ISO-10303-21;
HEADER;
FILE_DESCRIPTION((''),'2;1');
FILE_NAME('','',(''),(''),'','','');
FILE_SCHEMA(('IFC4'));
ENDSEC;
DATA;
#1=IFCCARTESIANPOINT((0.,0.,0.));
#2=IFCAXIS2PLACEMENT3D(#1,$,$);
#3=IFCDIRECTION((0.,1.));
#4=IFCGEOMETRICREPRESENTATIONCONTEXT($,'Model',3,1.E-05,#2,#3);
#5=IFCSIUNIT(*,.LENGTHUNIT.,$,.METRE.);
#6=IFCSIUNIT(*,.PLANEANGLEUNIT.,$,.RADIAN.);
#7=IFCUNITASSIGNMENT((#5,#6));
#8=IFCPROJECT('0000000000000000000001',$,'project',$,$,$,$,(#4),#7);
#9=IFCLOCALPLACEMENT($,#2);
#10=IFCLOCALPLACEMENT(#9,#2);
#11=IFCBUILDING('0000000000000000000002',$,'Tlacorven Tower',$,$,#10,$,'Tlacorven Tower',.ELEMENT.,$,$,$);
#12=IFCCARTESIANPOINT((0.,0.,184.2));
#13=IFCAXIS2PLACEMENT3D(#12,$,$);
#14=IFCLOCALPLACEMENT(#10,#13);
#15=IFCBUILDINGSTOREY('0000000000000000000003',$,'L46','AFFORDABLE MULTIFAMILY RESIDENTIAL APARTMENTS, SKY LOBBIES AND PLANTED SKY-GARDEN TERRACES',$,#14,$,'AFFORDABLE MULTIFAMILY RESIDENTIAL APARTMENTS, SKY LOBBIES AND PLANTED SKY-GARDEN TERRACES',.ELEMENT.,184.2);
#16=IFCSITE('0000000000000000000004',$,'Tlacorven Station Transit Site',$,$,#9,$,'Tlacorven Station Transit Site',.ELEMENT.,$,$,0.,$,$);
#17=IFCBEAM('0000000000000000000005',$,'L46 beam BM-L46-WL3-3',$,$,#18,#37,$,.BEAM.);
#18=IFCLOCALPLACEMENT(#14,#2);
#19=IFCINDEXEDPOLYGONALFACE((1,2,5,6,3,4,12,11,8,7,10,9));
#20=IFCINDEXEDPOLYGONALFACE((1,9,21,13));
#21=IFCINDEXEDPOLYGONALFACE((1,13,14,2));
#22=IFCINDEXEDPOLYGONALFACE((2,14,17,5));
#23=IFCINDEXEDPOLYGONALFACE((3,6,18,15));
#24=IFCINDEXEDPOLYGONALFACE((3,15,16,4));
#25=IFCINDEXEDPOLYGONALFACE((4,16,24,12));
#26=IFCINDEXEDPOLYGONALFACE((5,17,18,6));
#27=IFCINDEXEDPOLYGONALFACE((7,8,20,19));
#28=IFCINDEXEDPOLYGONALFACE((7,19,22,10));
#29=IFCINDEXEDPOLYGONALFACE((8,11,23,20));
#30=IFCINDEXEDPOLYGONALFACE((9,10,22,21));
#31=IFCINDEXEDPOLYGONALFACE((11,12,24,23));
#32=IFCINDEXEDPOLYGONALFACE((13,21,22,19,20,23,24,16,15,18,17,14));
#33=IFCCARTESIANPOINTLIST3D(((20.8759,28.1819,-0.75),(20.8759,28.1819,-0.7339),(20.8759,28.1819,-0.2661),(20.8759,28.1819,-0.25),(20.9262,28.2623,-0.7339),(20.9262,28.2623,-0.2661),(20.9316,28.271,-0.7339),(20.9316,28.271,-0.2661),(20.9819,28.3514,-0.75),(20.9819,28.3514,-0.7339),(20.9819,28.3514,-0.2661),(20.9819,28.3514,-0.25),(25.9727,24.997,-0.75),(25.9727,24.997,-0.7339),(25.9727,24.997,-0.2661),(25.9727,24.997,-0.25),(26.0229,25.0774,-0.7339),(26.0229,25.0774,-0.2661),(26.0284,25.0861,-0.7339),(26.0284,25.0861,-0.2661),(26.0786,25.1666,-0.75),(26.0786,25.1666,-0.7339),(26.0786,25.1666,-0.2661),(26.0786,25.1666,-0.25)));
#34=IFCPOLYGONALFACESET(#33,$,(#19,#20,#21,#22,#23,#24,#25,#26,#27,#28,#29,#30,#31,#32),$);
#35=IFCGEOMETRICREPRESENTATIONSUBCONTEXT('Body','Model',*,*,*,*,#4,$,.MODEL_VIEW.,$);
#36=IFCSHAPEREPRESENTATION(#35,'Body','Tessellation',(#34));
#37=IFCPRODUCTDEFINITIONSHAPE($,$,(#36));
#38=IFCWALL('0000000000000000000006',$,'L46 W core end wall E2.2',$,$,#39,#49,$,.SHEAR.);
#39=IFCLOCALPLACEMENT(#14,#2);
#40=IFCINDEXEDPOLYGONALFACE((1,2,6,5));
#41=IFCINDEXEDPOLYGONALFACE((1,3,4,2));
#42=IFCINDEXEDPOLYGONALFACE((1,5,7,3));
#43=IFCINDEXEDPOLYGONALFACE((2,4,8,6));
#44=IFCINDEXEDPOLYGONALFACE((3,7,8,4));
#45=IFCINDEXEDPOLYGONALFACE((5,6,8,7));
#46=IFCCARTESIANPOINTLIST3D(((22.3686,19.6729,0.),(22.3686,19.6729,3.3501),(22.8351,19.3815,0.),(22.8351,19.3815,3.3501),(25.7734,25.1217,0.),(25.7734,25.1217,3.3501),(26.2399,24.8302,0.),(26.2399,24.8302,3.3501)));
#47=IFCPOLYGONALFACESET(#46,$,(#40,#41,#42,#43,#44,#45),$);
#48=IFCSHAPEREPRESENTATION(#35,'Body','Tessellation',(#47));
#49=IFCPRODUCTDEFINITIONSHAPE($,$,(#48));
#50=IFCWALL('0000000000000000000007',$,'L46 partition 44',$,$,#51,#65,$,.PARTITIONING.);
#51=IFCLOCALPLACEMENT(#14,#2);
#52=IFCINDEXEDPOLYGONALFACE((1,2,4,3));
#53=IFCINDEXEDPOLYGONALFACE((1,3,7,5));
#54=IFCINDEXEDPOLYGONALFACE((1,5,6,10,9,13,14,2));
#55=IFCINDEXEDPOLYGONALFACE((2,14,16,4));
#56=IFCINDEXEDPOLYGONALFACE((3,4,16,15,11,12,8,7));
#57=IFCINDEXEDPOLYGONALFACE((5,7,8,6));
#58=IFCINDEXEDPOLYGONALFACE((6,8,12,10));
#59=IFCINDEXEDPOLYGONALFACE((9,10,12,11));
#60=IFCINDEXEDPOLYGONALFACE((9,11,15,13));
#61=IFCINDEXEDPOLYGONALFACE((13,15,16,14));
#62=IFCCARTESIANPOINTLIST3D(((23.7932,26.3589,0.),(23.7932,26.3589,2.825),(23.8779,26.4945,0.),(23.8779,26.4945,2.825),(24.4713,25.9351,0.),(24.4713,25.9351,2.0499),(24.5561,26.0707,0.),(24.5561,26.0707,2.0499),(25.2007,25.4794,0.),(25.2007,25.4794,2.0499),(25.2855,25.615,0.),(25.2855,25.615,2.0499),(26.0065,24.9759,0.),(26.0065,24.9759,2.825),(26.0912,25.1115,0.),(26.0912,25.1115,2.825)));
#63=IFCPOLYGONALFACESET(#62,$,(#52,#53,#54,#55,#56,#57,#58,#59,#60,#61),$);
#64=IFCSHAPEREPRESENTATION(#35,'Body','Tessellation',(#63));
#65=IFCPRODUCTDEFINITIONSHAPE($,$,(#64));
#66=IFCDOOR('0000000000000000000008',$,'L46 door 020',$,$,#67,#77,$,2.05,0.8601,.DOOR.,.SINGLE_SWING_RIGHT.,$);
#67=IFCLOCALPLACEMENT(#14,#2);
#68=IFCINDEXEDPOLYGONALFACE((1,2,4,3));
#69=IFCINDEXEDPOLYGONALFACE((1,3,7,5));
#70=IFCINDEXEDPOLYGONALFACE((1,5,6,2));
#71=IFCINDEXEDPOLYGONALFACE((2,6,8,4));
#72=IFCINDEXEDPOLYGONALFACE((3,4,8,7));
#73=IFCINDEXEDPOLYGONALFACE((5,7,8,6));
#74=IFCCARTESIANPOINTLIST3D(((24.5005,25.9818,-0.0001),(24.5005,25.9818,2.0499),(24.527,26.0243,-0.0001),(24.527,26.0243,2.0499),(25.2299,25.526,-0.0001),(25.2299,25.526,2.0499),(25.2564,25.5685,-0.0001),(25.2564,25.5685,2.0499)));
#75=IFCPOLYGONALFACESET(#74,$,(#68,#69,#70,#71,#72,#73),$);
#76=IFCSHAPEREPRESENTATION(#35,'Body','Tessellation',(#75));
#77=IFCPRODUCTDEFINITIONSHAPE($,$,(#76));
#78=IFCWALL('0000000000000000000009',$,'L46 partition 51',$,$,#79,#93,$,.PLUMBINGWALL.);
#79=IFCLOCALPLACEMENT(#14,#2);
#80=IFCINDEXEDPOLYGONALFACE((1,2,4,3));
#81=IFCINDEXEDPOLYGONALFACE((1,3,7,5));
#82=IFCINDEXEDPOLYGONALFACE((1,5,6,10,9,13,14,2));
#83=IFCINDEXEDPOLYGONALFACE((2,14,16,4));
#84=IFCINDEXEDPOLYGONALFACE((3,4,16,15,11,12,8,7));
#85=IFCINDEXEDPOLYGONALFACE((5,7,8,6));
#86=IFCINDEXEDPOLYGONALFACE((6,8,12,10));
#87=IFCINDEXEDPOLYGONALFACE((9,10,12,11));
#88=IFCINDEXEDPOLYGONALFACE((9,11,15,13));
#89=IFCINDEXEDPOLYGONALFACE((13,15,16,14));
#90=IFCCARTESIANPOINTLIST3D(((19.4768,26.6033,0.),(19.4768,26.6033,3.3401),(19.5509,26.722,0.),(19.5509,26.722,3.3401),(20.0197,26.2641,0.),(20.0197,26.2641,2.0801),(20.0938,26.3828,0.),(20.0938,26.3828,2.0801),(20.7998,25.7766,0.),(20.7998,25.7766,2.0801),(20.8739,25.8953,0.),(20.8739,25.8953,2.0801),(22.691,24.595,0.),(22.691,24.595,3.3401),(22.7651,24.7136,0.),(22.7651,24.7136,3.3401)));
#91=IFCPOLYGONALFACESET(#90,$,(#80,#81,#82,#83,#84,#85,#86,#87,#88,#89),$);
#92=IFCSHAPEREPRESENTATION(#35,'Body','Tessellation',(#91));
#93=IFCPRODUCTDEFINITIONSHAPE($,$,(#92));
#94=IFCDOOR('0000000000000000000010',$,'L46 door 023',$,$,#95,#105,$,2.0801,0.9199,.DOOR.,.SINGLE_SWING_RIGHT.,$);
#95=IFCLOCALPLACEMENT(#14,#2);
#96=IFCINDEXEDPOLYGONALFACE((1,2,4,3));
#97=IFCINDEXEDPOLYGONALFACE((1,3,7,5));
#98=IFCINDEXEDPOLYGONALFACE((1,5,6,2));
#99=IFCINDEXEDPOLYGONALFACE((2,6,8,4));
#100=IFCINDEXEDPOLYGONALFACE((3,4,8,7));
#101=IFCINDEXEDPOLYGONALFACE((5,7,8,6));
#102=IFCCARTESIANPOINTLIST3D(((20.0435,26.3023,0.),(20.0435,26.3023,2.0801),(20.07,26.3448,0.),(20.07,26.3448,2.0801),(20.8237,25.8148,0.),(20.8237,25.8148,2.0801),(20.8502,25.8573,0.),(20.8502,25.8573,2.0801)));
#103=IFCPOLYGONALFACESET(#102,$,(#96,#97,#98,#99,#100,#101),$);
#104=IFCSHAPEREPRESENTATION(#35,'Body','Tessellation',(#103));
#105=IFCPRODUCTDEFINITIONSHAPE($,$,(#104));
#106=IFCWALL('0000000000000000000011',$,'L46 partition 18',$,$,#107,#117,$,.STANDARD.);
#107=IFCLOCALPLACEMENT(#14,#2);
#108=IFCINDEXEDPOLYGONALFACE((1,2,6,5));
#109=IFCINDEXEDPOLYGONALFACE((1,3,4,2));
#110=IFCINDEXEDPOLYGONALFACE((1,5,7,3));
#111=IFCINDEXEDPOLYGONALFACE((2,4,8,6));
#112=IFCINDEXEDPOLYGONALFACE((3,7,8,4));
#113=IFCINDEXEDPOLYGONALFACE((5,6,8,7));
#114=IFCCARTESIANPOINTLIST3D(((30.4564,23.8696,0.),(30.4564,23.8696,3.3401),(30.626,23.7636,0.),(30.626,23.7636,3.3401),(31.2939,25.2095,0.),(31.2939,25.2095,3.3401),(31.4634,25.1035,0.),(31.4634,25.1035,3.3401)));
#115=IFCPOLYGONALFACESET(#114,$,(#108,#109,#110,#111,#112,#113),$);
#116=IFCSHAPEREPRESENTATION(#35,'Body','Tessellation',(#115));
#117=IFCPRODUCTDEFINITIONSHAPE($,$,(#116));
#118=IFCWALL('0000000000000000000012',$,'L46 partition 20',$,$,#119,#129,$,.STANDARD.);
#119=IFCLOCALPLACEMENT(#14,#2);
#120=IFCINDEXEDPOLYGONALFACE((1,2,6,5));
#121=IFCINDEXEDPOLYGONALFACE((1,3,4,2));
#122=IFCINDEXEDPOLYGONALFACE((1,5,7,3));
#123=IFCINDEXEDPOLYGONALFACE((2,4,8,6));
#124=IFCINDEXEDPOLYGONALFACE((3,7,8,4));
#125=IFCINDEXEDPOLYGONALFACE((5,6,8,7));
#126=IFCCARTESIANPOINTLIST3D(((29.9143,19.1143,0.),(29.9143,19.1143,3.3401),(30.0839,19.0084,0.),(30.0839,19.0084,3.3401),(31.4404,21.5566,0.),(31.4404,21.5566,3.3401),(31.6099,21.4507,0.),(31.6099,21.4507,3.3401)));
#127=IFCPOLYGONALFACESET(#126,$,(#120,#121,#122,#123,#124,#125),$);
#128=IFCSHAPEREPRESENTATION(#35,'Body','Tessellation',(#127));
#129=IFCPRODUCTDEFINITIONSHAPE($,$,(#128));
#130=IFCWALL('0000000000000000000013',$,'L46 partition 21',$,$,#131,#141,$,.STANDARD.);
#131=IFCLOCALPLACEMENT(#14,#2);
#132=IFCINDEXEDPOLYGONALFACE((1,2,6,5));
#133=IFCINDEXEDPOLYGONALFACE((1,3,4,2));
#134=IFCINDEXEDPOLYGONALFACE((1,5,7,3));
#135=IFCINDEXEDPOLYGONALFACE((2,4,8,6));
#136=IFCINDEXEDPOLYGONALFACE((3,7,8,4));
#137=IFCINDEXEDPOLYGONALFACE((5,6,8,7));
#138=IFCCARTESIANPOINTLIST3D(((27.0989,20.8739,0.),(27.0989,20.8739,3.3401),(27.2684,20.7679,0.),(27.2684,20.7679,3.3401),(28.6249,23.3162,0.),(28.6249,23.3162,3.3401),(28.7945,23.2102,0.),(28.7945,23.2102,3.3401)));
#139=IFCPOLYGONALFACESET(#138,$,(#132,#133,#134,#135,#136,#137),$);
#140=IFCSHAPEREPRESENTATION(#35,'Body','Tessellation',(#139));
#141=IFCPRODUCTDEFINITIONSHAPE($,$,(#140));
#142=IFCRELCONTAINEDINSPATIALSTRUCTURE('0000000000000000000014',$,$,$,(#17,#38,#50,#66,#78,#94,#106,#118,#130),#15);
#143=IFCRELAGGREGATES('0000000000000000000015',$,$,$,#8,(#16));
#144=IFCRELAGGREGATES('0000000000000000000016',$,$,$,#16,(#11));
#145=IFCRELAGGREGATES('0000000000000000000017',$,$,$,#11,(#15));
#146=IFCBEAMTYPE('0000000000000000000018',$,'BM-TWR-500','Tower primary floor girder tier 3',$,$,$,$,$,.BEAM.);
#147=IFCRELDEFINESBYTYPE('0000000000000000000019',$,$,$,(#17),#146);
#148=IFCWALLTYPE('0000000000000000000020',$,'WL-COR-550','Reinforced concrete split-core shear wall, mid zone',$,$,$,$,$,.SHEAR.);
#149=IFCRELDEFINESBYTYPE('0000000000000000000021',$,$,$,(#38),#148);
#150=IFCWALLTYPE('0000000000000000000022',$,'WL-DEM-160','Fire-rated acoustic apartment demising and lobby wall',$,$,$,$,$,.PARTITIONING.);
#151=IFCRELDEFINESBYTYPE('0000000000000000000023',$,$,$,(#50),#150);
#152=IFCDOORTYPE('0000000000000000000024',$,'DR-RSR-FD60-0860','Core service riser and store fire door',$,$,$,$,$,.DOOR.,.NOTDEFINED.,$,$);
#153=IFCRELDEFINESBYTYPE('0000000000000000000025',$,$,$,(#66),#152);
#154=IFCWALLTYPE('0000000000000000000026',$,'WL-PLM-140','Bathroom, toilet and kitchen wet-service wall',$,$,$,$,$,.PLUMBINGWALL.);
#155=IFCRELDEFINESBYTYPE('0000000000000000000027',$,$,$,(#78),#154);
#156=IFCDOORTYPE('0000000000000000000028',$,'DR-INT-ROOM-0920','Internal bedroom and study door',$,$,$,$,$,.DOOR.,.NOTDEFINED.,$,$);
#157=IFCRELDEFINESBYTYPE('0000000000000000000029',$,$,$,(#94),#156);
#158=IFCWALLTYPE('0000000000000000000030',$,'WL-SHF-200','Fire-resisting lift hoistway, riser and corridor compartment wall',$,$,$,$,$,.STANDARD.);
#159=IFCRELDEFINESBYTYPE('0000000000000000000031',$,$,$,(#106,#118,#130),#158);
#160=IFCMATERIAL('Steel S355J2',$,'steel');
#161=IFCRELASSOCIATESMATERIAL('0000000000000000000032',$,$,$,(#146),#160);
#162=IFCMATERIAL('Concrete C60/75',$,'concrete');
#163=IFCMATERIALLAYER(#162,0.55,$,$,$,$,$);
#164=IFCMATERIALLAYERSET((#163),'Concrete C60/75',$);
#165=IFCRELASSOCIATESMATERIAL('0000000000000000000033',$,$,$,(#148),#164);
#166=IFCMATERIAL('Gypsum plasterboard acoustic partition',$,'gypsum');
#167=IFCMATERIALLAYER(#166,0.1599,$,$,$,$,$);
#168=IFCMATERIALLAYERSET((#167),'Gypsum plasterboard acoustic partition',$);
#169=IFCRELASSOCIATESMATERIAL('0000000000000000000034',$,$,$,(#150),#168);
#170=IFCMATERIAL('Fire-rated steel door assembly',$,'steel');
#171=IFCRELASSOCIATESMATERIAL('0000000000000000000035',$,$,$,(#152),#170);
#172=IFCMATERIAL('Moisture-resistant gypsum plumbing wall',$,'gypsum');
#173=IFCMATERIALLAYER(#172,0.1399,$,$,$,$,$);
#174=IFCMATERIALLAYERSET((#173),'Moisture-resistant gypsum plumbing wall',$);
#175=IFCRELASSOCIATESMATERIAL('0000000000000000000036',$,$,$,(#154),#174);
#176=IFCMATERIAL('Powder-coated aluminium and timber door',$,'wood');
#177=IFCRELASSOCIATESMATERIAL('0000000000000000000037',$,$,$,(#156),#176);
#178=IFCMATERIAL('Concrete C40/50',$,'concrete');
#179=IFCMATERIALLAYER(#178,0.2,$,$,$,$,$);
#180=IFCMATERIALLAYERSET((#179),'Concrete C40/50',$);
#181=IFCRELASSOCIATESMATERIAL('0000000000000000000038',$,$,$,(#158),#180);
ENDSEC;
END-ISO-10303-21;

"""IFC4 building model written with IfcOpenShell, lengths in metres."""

from ifc_helpers import new_model, si_unit, direction, frame, frame_2d, origin, origin_2d, place, context, subcontext, project, spatial, rectangle, i_section, extrude, source, transform, mapped, material, layer, layer_set, material_profile, profile_set, type_object, element, fill, save


model = new_model("IFC4")

# Units and contexts
model_context = context("Model", 3, precision=1e-05, world=origin(), true_north=direction((0.0, 1.0)))
body_context = subcontext(model_context, "Body", "Model", "MODEL_VIEW")
ifc_project = project(units=[si_unit("LENGTHUNIT", "METRE"), si_unit("PLANEANGLEUNIT", "RADIAN")], contexts=[model_context])

# Site, building, storey
site_placement = place(None, origin())
site = spatial("IfcSite", under=ifc_project, at=site_placement, Name="Tlacorven Station Transit Site", LongName="Tlacorven Station Transit Site", CompositionType="ELEMENT", RefElevation=0.0)
building_placement = place(site_placement, origin())
building = spatial("IfcBuilding", under=site, at=building_placement, Name="Tlacorven Tower", LongName="Tlacorven Tower", CompositionType="ELEMENT")
storey_placement = place(building_placement, frame((0.0, 0.0, 184.2)))
storey = spatial("IfcBuildingStorey", under=building, at=storey_placement, Name="L46", Description="AFFORDABLE MULTIFAMILY RESIDENTIAL APARTMENTS, SKY LOBBIES AND PLANTED SKY-GARDEN TERRACES", LongName="AFFORDABLE MULTIFAMILY RESIDENTIAL APARTMENTS, SKY LOBBIES AND PLANTED SKY-GARDEN TERRACES", CompositionType="ELEMENT", Elevation=184.2)

# Beam
ifc_material_1 = material(Name="Steel S355J2", Category="steel")
ifc_material_profile = material_profile(ifc_material_1, i_section(OverallWidth=0.2, OverallDepth=0.5, WebThickness=0.0103, FlangeThickness=0.0161, at=origin_2d()), Name="IPE 500")
ifc_profile_set = profile_set([ifc_material_profile], Name="Steel S355J2")
beam_type = type_object("IfcBeamType", Name="BM-TWR-500", Description="Tower primary floor girder tier 3", PredefinedType="BEAM", material=ifc_profile_set)
shared_shape_1 = source(origin(), body_context, "Body", "SweptSolid", [
    extrude(i_section(OverallWidth=0.2, OverallDepth=0.5, WebThickness=0.0103, FlangeThickness=0.0161, at=origin_2d()), origin(), (0.0, 0.0, 1.0), 6.01),
])
beam_placement = place(storey_placement, frame((26.0256, 25.0818, -0.5), z_axis=(-0.848044, 0.529926, 0.0), x_axis=(-0.529926, -0.848044, 0.0)))
element("IfcBeam", 1, at=beam_placement, inside=storey, type_object=beam_type, Name="L46 beam BM-L46-WL3-3", PredefinedType="BEAM", context=body_context, shape_type="MappedRepresentation", body=[
    mapped(shared_shape_1, transform((0.0, 0.0, 0.0), scale=1.0)),
])

# Wall
ifc_material_2 = material(Name="Concrete C60/75", Category="concrete")
ifc_layer_1 = layer(ifc_material_2, 0.55)
ifc_layer_set_1 = layer_set([ifc_layer_1], Name="Concrete C60/75")
wall_type_1 = type_object("IfcWallType", Name="WL-COR-550", Description="Reinforced concrete split-core shear wall, mid zone", PredefinedType="SHEAR", material=ifc_layer_set_1)
wall_1_placement = place(storey_placement, frame((26.0066, 24.9758, 0.0), z_axis=(0.0, 0.0, 1.0), x_axis=(-0.529924, -0.848045, 0.0)))
element("IfcWall", 2, at=wall_1_placement, inside=storey, type_object=wall_type_1, Name="L46 W core end wall E2.2", PredefinedType="SHEAR", context=body_context, shape_type="SweptSolid", body=[
    extrude(rectangle(XDim=6.425, YDim=0.55, at=frame_2d((3.2124, 0.0))), origin(), (0.0, 0.0, 1.0), 3.3501),
])

# Walls, openings, doors
ifc_material_3 = material(Name="Gypsum plasterboard acoustic partition", Category="gypsum")
ifc_layer_2 = layer(ifc_material_3, 0.1599)
ifc_layer_set_2 = layer_set([ifc_layer_2], Name="Gypsum plasterboard acoustic partition")
wall_type_2 = type_object("IfcWallType", Name="WL-DEM-160", Description="Fire-rated acoustic apartment demising and lobby wall", PredefinedType="PARTITIONING", material=ifc_layer_set_2)
wall_2_placement = place(storey_placement, frame((26.0488, 25.0437, 0.0), z_axis=(0.0, 0.0, 1.0), x_axis=(-0.848051, 0.529915, 0.0)))
wall_2 = element("IfcWall", 3, at=wall_2_placement, inside=storey, type_object=wall_type_2, Name="L46 partition 44", PredefinedType="PARTITIONING", context=body_context, shape_type="SweptSolid", body=[
    extrude(rectangle(XDim=2.6099, YDim=0.1599, at=frame_2d((1.3049, 0.0))), origin(), (0.0, 0.0, 1.0), 2.825),
])
opening_1_placement = place(wall_2_placement, frame((0.95, 0.0, 0.0)))
opening_1 = element("IfcOpeningElement", 4, at=opening_1_placement, cuts=wall_2, PredefinedType="OPENING", context=body_context, shape_type="SweptSolid", body=[
    extrude(rectangle(XDim=0.8601, YDim=2.05, at=frame_2d((0.4302, 1.0249))), frame((0.0, 0.0898, 0.0), z_axis=(0.0, -1.0, 0.0), x_axis=(1.0, 0.0, 0.0)), (0.0, 0.0, 1.0), 0.1799),
])
ifc_material_4 = material(Name="Fire-rated steel door assembly", Category="steel")
door_type_1 = type_object("IfcDoorType", Name="DR-RSR-FD60-0860", Description="Core service riser and store fire door", OperationType="NOTDEFINED", PredefinedType="DOOR", material=ifc_material_4)
shared_shape_2 = source(origin(), body_context, "Body", "SweptSolid", [
    extrude(rectangle(XDim=0.8601, YDim=2.05, at=frame_2d((0.4302, 1.0249))), frame((0.0, 0.0249, 0.0), z_axis=(0.0, -1.0, 0.0), x_axis=(1.0, 0.0, 0.0)), (0.0, 0.0, 1.0), 0.05),
])
door_1_placement = place(opening_1_placement, origin())
door_1 = element("IfcDoor", 5, at=door_1_placement, inside=storey, type_object=door_type_1, Name="L46 door 020", OperationType="SINGLE_SWING_RIGHT", OverallHeight=2.05, OverallWidth=0.8601, PredefinedType="DOOR", context=body_context, shape_type="MappedRepresentation", body=[
    mapped(shared_shape_2, transform((0.0, 0.0, 0.0), scale=1.0)),
])
fill(opening_1, door_1)
ifc_material_5 = material(Name="Moisture-resistant gypsum plumbing wall", Category="gypsum")
ifc_layer_3 = layer(ifc_material_5, 0.1399)
ifc_layer_set_3 = layer_set([ifc_layer_3], Name="Moisture-resistant gypsum plumbing wall")
wall_type_3 = type_object("IfcWallType", Name="WL-PLM-140", Description="Bathroom, toilet and kitchen wet-service wall", PredefinedType="PLUMBINGWALL", material=ifc_layer_set_3)
wall_3_placement = place(storey_placement, frame((22.728, 24.6543, 0.0), z_axis=(0.0, 0.0, 1.0), x_axis=(-0.84806, 0.529901, 0.0)))
wall_3 = element("IfcWall", 6, at=wall_3_placement, inside=storey, type_object=wall_type_3, Name="L46 partition 51", PredefinedType="PLUMBINGWALL", context=body_context, shape_type="SweptSolid", body=[
    extrude(rectangle(XDim=3.79, YDim=0.1399, at=frame_2d((1.895, 0.0))), origin(), (0.0, 0.0, 1.0), 3.3401),
])
opening_2_placement = place(wall_3_placement, frame((2.23, 0.0, 0.0)))
opening_2 = element("IfcOpeningElement", 7, at=opening_2_placement, cuts=wall_3, PredefinedType="OPENING", context=body_context, shape_type="SweptSolid", body=[
    extrude(rectangle(XDim=0.9199, YDim=2.0801, at=frame_2d((0.46, 1.04))), frame((0.0, 0.0801, 0.0), z_axis=(0.0, -1.0, 0.0), x_axis=(1.0, 0.0, 0.0)), (0.0, 0.0, 1.0), 0.1599),
])
ifc_material_6 = material(Name="Powder-coated aluminium and timber door", Category="wood")
door_type_2 = type_object("IfcDoorType", Name="DR-INT-ROOM-0920", Description="Internal bedroom and study door", OperationType="NOTDEFINED", PredefinedType="DOOR", material=ifc_material_6)
shared_shape_3 = source(origin(), body_context, "Body", "SweptSolid", [
    extrude(rectangle(XDim=0.9199, YDim=2.0801, at=frame_2d((0.46, 1.04))), frame((0.0, 0.0249, 0.0), z_axis=(0.0, -1.0, 0.0), x_axis=(1.0, 0.0, 0.0)), (0.0, 0.0, 1.0), 0.05),
])
door_2_placement = place(opening_2_placement, origin())
door_2 = element("IfcDoor", 8, at=door_2_placement, inside=storey, type_object=door_type_2, Name="L46 door 023", OperationType="SINGLE_SWING_RIGHT", OverallHeight=2.0801, OverallWidth=0.9199, PredefinedType="DOOR", context=body_context, shape_type="MappedRepresentation", body=[
    mapped(shared_shape_3, transform((0.0, 0.0, 0.0), scale=1.0)),
])
fill(opening_2, door_2)

# Walls
ifc_material_7 = material(Name="Concrete C40/50", Category="concrete")
ifc_layer_4 = layer(ifc_material_7, 0.2)
ifc_layer_set_4 = layer_set([ifc_layer_4], Name="Concrete C40/50")
wall_type_4 = type_object("IfcWallType", Name="WL-SHF-200", Description="Fire-resisting lift hoistway, riser and corridor compartment wall", PredefinedType="STANDARD", material=ifc_layer_set_4)
wall_4_placement = place(storey_placement, frame((31.3787, 25.1565, 0.0), z_axis=(0.0, 0.0, 1.0), x_axis=(-0.529999, -0.847998, 0.0)))
element("IfcWall", 9, at=wall_4_placement, inside=storey, type_object=wall_type_4, Name="L46 partition 18", PredefinedType="STANDARD", context=body_context, shape_type="SweptSolid", body=[
    extrude(rectangle(XDim=1.5801, YDim=0.2, at=frame_2d((0.79, 0.0))), origin(), (0.0, 0.0, 1.0), 3.3401),
])
for number, where, z_axis, x_axis, name in (
    (10, (31.5251, 21.5037, 0.0), (0.0, 0.0, 1.0), (-0.529907, -0.848055, 0.0), "L46 partition 20"),
    (11, (28.7097, 23.2632, 0.0), (0.0, 0.0, 1.0), (-0.529907, -0.848055, 0.0), "L46 partition 21"),
):
    element("IfcWall", number, at=place(storey_placement, frame(where, z_axis=z_axis, x_axis=x_axis)), inside=storey, type_object=wall_type_4, Name=name, PredefinedType="STANDARD", context=body_context, shape_type="SweptSolid", body=[
        extrude(rectangle(XDim=2.8799, YDim=0.2, at=frame_2d((1.4399, 0.0))), origin(), (0.0, 0.0, 1.0), 3.3401),
    ])

save(model, "model.ifc")
